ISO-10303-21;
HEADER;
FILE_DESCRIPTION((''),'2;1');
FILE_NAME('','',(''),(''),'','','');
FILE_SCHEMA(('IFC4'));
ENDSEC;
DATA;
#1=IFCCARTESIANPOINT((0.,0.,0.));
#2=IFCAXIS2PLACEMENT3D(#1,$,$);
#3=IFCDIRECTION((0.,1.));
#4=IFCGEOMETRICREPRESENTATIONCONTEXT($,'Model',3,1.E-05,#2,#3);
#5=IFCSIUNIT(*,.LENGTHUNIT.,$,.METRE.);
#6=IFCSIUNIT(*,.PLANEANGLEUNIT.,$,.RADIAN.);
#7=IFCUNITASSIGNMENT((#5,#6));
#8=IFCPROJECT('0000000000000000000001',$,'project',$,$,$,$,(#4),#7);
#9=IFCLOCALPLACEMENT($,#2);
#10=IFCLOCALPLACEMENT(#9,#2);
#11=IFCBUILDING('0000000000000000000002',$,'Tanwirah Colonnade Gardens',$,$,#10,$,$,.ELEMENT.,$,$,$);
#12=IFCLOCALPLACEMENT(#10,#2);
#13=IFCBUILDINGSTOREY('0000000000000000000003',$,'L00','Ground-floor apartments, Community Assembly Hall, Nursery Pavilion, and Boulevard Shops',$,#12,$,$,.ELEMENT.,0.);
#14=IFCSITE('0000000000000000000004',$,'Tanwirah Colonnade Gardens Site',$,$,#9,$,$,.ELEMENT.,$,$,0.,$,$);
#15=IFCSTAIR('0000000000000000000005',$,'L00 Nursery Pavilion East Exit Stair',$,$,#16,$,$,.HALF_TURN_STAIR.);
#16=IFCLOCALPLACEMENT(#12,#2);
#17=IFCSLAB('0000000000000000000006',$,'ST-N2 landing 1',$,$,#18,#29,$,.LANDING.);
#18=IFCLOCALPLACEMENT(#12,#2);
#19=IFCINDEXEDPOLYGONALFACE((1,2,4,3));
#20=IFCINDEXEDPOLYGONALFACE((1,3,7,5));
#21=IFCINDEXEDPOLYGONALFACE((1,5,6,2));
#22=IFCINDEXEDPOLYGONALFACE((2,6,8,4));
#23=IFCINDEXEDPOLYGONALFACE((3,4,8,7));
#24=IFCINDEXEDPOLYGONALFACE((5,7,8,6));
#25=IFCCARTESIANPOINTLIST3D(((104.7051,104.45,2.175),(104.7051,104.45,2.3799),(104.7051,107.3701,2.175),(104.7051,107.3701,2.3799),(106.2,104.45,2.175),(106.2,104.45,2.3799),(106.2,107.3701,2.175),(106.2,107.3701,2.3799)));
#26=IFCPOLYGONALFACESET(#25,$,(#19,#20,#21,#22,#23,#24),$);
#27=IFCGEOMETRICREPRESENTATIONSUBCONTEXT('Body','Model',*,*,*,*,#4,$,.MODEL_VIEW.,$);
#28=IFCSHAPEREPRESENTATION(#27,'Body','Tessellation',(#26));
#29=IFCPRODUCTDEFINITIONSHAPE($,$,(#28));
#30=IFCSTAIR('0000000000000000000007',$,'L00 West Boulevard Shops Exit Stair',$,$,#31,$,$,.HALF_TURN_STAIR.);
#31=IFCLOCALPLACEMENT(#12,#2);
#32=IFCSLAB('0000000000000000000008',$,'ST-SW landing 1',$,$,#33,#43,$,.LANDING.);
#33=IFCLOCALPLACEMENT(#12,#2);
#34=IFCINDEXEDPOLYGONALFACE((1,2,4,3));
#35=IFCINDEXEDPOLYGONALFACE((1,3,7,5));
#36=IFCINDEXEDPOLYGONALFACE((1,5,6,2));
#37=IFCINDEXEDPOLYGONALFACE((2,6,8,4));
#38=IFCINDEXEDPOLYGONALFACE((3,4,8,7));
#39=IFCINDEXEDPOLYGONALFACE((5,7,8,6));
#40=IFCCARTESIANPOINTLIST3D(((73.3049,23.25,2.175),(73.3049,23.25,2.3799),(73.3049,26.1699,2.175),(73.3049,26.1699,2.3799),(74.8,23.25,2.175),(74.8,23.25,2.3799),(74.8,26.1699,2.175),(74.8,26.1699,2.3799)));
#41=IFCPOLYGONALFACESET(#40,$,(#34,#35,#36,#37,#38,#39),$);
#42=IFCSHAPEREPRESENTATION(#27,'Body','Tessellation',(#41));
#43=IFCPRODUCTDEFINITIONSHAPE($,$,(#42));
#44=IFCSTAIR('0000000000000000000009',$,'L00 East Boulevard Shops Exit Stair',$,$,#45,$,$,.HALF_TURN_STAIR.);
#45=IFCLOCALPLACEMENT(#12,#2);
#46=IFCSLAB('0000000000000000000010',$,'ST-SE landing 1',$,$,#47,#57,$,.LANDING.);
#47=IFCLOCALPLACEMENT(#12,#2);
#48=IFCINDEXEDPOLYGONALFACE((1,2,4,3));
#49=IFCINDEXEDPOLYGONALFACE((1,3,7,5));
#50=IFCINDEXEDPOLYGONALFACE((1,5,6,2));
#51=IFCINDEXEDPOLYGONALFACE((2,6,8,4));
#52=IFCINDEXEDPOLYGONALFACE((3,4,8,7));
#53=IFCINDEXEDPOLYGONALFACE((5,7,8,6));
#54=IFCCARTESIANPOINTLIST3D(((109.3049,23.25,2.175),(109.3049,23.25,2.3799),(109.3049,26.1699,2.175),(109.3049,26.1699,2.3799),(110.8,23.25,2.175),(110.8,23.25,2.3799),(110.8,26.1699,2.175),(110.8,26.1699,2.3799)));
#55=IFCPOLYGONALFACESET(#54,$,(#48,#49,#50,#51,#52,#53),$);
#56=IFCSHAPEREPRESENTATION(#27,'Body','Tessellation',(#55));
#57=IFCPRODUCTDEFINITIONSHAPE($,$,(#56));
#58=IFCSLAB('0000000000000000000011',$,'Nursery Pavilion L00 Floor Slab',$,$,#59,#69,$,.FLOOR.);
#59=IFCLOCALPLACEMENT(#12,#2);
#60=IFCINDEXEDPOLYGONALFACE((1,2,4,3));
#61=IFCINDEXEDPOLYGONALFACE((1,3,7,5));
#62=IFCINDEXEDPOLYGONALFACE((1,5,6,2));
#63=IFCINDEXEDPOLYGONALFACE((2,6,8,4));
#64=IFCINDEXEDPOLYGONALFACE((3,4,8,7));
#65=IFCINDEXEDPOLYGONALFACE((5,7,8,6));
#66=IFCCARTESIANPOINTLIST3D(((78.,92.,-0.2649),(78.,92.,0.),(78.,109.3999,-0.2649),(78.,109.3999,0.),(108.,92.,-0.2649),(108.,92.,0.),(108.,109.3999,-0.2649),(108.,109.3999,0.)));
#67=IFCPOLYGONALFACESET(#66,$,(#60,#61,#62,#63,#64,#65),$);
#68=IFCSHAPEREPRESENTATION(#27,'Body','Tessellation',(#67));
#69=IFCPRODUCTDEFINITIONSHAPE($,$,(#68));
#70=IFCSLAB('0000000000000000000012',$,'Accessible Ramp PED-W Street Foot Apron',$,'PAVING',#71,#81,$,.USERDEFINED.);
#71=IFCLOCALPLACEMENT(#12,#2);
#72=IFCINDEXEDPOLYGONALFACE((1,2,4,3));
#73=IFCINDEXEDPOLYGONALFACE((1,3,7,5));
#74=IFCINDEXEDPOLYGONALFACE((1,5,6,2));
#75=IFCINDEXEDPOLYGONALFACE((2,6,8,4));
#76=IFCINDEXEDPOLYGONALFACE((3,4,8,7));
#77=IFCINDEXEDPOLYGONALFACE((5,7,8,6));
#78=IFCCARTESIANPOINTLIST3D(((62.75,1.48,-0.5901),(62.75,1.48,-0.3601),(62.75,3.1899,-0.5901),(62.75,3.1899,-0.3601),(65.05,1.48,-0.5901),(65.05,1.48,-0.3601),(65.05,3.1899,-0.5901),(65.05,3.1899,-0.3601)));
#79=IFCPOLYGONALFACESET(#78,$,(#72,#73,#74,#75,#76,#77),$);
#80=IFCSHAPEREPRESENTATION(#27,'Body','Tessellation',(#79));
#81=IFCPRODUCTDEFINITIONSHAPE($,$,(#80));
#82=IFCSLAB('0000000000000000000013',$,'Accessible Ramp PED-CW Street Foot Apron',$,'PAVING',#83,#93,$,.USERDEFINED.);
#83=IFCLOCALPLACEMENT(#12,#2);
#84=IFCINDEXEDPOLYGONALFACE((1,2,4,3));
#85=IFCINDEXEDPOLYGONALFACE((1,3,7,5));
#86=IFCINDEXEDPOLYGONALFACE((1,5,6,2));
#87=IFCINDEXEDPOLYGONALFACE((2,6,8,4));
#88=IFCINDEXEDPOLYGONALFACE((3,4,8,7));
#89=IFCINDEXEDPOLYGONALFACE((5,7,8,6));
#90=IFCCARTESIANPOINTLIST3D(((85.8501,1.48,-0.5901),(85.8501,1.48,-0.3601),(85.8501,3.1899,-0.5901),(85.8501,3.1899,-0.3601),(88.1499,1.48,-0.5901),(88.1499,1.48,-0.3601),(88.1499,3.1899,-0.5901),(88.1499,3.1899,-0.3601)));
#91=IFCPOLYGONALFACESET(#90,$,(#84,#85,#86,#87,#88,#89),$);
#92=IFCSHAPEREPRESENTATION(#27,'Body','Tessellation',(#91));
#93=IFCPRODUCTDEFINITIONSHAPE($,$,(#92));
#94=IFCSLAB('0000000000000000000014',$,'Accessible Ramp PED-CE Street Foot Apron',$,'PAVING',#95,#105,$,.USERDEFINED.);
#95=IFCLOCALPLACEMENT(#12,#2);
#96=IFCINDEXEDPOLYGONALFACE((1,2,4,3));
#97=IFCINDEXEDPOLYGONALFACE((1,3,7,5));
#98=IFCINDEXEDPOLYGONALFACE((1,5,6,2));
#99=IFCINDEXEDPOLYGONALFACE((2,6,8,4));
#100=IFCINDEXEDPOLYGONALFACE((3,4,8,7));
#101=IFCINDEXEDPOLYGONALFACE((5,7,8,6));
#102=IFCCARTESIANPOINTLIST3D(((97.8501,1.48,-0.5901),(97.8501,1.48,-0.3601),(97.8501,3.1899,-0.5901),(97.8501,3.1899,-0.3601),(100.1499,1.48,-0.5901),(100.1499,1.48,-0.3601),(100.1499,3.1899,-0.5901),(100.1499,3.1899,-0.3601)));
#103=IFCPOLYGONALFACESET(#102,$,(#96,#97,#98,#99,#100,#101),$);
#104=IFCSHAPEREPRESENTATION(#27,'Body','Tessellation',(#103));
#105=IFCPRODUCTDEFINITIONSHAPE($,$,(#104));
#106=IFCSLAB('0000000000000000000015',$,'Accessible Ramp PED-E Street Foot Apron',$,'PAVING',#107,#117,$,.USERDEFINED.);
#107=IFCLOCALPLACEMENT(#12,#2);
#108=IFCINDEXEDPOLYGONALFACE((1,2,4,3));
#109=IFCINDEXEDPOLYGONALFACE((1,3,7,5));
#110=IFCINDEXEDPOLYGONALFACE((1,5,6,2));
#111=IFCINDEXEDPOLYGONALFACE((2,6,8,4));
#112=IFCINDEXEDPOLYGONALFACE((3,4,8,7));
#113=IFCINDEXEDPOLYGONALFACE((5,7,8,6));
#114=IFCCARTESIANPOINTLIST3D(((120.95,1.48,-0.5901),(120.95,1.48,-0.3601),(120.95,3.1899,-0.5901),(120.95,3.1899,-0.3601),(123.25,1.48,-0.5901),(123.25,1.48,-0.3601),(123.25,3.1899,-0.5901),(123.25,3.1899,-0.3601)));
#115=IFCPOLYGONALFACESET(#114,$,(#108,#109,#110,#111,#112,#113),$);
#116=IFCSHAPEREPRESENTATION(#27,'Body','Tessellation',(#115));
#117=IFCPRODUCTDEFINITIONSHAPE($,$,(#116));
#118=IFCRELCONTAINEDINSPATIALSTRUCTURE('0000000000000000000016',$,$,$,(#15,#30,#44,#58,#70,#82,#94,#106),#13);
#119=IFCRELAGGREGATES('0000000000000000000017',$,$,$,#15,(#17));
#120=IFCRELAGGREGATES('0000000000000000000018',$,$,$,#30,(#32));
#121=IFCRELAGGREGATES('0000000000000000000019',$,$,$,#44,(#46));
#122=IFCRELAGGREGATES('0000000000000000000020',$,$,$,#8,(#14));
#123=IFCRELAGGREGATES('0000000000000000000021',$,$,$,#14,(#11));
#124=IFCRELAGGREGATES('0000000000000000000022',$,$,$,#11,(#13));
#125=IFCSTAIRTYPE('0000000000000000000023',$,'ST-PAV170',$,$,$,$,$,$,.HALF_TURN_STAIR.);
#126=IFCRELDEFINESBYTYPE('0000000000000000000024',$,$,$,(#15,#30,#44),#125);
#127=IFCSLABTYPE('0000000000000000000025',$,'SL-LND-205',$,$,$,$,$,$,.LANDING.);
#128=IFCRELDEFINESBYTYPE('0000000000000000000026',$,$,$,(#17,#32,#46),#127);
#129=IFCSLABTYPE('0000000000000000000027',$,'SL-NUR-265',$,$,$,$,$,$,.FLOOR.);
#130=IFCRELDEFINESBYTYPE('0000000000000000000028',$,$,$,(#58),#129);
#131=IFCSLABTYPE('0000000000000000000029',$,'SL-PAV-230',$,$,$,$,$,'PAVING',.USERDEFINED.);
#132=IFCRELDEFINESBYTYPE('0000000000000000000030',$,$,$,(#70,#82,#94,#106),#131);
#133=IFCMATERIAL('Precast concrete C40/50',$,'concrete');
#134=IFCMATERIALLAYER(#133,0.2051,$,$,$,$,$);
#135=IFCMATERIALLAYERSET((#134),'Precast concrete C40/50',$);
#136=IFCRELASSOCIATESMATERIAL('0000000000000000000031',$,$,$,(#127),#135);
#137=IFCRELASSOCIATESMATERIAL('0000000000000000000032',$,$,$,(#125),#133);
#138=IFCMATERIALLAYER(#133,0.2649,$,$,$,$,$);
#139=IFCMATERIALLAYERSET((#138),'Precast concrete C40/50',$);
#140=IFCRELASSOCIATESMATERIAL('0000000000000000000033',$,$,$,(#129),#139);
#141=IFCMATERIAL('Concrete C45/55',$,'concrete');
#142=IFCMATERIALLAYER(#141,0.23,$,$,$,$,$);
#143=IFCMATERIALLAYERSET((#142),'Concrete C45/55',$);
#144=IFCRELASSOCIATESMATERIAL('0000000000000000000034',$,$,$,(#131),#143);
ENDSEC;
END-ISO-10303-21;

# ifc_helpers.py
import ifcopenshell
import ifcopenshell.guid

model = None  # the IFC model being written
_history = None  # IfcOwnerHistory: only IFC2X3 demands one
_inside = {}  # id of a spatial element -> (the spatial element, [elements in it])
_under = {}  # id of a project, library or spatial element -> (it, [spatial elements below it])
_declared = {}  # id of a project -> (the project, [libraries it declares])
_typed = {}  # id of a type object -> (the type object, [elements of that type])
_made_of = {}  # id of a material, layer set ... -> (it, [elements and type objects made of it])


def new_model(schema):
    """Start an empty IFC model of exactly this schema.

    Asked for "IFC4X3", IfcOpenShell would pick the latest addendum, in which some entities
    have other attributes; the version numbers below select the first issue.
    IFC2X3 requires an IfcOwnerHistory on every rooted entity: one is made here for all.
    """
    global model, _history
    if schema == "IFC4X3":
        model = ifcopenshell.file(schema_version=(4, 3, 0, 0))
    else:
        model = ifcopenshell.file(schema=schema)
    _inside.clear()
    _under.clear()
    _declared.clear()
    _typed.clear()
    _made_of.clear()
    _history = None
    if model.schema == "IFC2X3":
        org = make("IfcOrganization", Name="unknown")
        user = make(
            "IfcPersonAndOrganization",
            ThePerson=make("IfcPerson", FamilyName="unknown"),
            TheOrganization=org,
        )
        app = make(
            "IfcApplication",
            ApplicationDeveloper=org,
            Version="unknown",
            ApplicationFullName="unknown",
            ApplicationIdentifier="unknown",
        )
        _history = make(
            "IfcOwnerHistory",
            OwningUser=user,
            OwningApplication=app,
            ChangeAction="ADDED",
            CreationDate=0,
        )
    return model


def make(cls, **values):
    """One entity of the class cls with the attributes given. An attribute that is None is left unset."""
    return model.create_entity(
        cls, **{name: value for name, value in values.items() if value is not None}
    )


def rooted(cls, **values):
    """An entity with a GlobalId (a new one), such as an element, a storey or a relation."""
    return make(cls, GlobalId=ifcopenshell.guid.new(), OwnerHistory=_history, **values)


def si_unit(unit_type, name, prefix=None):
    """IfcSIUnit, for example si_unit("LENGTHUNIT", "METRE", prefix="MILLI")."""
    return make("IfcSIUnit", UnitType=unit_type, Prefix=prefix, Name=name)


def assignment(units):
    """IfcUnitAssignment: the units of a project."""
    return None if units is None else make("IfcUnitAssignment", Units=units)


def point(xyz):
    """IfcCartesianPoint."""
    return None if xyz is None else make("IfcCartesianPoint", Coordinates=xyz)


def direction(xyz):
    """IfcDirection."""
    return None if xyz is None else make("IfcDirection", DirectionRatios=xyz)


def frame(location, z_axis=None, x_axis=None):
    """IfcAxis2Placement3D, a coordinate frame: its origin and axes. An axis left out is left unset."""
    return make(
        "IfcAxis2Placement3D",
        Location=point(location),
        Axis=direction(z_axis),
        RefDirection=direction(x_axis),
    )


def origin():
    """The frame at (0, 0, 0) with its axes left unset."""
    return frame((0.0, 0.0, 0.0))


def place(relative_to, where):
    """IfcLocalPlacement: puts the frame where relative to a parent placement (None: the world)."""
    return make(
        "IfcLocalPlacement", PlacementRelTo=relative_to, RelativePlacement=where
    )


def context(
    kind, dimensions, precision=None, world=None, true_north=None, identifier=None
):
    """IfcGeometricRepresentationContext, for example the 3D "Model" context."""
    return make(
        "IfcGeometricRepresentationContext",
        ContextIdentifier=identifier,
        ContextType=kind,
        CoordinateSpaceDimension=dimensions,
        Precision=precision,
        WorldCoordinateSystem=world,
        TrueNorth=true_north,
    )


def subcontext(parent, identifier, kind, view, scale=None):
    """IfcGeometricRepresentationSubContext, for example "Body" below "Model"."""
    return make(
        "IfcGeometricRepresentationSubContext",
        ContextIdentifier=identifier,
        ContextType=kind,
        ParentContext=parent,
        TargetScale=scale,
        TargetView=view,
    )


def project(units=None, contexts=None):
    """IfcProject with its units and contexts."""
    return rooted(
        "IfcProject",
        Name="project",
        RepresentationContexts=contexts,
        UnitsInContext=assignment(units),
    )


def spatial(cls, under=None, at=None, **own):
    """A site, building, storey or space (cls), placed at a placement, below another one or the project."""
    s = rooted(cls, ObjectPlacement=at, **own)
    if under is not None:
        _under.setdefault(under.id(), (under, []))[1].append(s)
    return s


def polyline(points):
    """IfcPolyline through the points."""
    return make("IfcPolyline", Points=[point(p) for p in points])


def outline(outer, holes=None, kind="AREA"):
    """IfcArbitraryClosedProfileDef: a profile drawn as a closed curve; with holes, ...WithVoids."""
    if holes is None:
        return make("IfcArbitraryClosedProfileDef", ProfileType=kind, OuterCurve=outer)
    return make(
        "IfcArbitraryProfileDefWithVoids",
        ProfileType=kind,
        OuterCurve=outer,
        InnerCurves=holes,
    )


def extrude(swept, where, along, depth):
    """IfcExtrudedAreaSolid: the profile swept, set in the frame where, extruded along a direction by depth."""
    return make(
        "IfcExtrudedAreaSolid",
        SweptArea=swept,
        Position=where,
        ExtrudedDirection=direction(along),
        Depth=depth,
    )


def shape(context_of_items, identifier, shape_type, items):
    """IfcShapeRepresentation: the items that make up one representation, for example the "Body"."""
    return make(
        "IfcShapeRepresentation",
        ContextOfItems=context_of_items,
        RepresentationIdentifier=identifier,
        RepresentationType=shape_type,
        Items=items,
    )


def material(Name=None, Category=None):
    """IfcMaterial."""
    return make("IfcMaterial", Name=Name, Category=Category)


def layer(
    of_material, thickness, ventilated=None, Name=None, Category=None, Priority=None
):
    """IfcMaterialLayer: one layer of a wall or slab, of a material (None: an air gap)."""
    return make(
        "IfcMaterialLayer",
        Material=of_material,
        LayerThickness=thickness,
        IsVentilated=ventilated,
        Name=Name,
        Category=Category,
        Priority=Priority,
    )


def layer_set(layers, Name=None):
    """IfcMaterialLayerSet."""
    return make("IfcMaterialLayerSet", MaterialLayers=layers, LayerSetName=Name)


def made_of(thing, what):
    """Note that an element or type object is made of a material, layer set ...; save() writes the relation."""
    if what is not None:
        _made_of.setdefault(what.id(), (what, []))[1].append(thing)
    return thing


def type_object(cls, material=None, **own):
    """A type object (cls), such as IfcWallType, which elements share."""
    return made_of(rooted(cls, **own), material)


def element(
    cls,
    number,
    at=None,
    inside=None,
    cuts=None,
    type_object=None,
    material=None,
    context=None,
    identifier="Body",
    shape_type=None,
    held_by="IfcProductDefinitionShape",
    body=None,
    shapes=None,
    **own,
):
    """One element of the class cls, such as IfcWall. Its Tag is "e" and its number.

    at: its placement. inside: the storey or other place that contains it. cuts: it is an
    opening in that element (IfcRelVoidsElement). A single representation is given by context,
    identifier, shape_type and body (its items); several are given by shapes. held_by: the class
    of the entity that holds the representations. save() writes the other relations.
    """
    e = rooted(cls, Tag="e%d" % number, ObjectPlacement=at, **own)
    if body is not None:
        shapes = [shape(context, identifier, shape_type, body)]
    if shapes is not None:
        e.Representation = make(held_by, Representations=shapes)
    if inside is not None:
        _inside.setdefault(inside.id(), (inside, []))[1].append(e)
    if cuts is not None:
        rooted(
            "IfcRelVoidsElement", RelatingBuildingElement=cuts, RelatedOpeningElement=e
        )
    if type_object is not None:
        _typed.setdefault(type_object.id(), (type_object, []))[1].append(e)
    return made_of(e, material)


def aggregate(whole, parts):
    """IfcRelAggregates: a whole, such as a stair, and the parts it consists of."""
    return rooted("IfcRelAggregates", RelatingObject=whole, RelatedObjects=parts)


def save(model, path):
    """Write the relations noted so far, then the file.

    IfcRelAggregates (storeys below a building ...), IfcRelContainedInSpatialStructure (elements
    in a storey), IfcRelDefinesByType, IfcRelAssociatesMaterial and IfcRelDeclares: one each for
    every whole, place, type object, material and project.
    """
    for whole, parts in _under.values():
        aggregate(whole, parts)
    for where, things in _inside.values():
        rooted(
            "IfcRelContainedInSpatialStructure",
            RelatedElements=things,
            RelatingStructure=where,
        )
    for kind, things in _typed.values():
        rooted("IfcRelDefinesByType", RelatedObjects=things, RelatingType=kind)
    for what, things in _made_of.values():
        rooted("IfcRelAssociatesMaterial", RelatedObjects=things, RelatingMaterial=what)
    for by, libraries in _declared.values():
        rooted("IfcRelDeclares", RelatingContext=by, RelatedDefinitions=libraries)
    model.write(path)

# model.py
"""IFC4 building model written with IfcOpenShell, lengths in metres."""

from ifc_helpers import new_model, si_unit, direction, frame, origin, place, context, subcontext, project, spatial, polyline, outline, extrude, material, layer, layer_set, type_object, element, aggregate, save


model = new_model("IFC4")

# Units and contexts
model_context = context("Model", 3, precision=1e-05, world=origin(), true_north=direction((0.0, 1.0)))
body_context = subcontext(model_context, "Body", "Model", "MODEL_VIEW")
ifc_project = project(units=[si_unit("LENGTHUNIT", "METRE"), si_unit("PLANEANGLEUNIT", "RADIAN")], contexts=[model_context])

# Site, building, storey
site_placement = place(None, origin())
site = spatial("IfcSite", under=ifc_project, at=site_placement, Name="Tanwirah Colonnade Gardens Site", CompositionType="ELEMENT", RefElevation=0.0)
building_placement = place(site_placement, origin())
building = spatial("IfcBuilding", under=site, at=building_placement, Name="Tanwirah Colonnade Gardens", CompositionType="ELEMENT")
storey_placement = place(building_placement, origin())
storey = spatial("IfcBuildingStorey", under=building, at=storey_placement, Name="L00", Description="Ground-floor apartments, Community Assembly Hall, Nursery Pavilion, and Boulevard Shops", CompositionType="ELEMENT", Elevation=0.0)

# Shared definitions
ifc_material_1 = material(Name="Precast concrete C40/50", Category="concrete")
ifc_material_2 = material(Name="Concrete C45/55", Category="concrete")

# Stairs, slabs
ifc_layer_1 = layer(ifc_material_1, 0.2051)
ifc_layer_set_1 = layer_set([ifc_layer_1], Name="Precast concrete C40/50")
slab_type_1 = type_object("IfcSlabType", Name="SL-LND-205", PredefinedType="LANDING", material=ifc_layer_set_1)
stair_type_1 = type_object("IfcStairType", Name="ST-PAV170", PredefinedType="HALF_TURN_STAIR", material=ifc_material_1)
stair_1_placement = place(storey_placement, origin())
stair_1 = element("IfcStair", 1, at=stair_1_placement, inside=storey, type_object=stair_type_1, Name="L00 Nursery Pavilion East Exit Stair", PredefinedType="HALF_TURN_STAIR")
slab_1_placement = place(storey_placement, frame((0.0, 0.0, 2.175)))
slab_1 = element("IfcSlab", 2, at=slab_1_placement, type_object=slab_type_1, Name="ST-N2 landing 1", PredefinedType="LANDING", context=body_context, shape_type="SweptSolid", body=[
    extrude(outline(polyline([(104.7051, 104.45), (106.2, 104.45), (106.2, 107.3701), (104.7051, 107.3701), (104.7051, 104.45)])), origin(), (0.0, 0.0, 1.0), 0.2048),
])
aggregate(stair_1, [slab_1])
stair_2_placement = place(storey_placement, origin())
stair_2 = element("IfcStair", 3, at=stair_2_placement, inside=storey, type_object=stair_type_1, Name="L00 West Boulevard Shops Exit Stair", PredefinedType="HALF_TURN_STAIR")
slab_2_placement = place(storey_placement, frame((0.0, 0.0, 2.175)))
slab_2 = element("IfcSlab", 4, at=slab_2_placement, type_object=slab_type_1, Name="ST-SW landing 1", PredefinedType="LANDING", context=body_context, shape_type="SweptSolid", body=[
    extrude(outline(polyline([(73.3049, 23.25), (74.8, 23.25), (74.8, 26.1699), (73.3049, 26.1699), (73.3049, 23.25)])), origin(), (0.0, 0.0, 1.0), 0.2048),
])
aggregate(stair_2, [slab_2])
stair_3_placement = place(storey_placement, origin())
stair_3 = element("IfcStair", 5, at=stair_3_placement, inside=storey, type_object=stair_type_1, Name="L00 East Boulevard Shops Exit Stair", PredefinedType="HALF_TURN_STAIR")
slab_3_placement = place(storey_placement, frame((0.0, 0.0, 2.175)))
slab_3 = element("IfcSlab", 6, at=slab_3_placement, type_object=slab_type_1, Name="ST-SE landing 1", PredefinedType="LANDING", context=body_context, shape_type="SweptSolid", body=[
    extrude(outline(polyline([(109.3049, 23.25), (110.8, 23.25), (110.8, 26.1699), (109.3049, 26.1699), (109.3049, 23.25)])), origin(), (0.0, 0.0, 1.0), 0.2048),
])
aggregate(stair_3, [slab_3])

# Slabs
ifc_layer_2 = layer(ifc_material_1, 0.2649)
ifc_layer_set_2 = layer_set([ifc_layer_2], Name="Precast concrete C40/50")
slab_type_2 = type_object("IfcSlabType", Name="SL-NUR-265", PredefinedType="FLOOR", material=ifc_layer_set_2)
slab_4_placement = place(storey_placement, frame((0.0, 0.0, -0.2649)))
element("IfcSlab", 7, at=slab_4_placement, inside=storey, type_object=slab_type_2, Name="Nursery Pavilion L00 Floor Slab", PredefinedType="FLOOR", context=body_context, shape_type="SweptSolid", body=[
    extrude(outline(polyline([(108.0, 92.0), (108.0, 109.3999), (78.0, 109.3999), (78.0, 92.0), (108.0, 92.0)])), origin(), (0.0, 0.0, 1.0), 0.2649),
])
ifc_layer_3 = layer(ifc_material_2, 0.23)
ifc_layer_set_3 = layer_set([ifc_layer_3], Name="Concrete C45/55")
slab_type_3 = type_object("IfcSlabType", Name="SL-PAV-230", ElementType="PAVING", PredefinedType="USERDEFINED", material=ifc_layer_set_3)
slab_5_placement = place(storey_placement, frame((0.0, 0.0, -0.5901)))
element("IfcSlab", 8, at=slab_5_placement, inside=storey, type_object=slab_type_3, Name="Accessible Ramp PED-W Street Foot Apron", ObjectType="PAVING", PredefinedType="USERDEFINED", context=body_context, shape_type="SweptSolid", body=[
    extrude(outline(polyline([(62.75, 1.48), (65.05, 1.48), (65.05, 3.1899), (62.75, 3.1899), (62.75, 1.48)])), origin(), (0.0, 0.0, 1.0), 0.23),
])
slab_6_placement = place(storey_placement, frame((0.0, 0.0, -0.5901)))
element("IfcSlab", 9, at=slab_6_placement, inside=storey, type_object=slab_type_3, Name="Accessible Ramp PED-CW Street Foot Apron", ObjectType="PAVING", PredefinedType="USERDEFINED", context=body_context, shape_type="SweptSolid", body=[
    extrude(outline(polyline([(85.8501, 1.48), (88.1499, 1.48), (88.1499, 3.1899), (85.8501, 3.1899), (85.8501, 1.48)])), origin(), (0.0, 0.0, 1.0), 0.23),
])
slab_7_placement = place(storey_placement, frame((0.0, 0.0, -0.5901)))
element("IfcSlab", 10, at=slab_7_placement, inside=storey, type_object=slab_type_3, Name="Accessible Ramp PED-CE Street Foot Apron", ObjectType="PAVING", PredefinedType="USERDEFINED", context=body_context, shape_type="SweptSolid", body=[
    extrude(outline(polyline([(97.8501, 1.48), (100.1499, 1.48), (100.1499, 3.1899), (97.8501, 3.1899), (97.8501, 1.48)])), origin(), (0.0, 0.0, 1.0), 0.23),
])
slab_8_placement = place(storey_placement, frame((0.0, 0.0, -0.5901)))
element("IfcSlab", 11, at=slab_8_placement, inside=storey, type_object=slab_type_3, Name="Accessible Ramp PED-E Street Foot Apron", ObjectType="PAVING", PredefinedType="USERDEFINED", context=body_context, shape_type="SweptSolid", body=[
    extrude(outline(polyline([(120.95, 1.48), (123.25, 1.48), (123.25, 3.1899), (120.95, 3.1899), (120.95, 1.48)])), origin(), (0.0, 0.0, 1.0), 0.23),
])

save(model, "model.ifc")
